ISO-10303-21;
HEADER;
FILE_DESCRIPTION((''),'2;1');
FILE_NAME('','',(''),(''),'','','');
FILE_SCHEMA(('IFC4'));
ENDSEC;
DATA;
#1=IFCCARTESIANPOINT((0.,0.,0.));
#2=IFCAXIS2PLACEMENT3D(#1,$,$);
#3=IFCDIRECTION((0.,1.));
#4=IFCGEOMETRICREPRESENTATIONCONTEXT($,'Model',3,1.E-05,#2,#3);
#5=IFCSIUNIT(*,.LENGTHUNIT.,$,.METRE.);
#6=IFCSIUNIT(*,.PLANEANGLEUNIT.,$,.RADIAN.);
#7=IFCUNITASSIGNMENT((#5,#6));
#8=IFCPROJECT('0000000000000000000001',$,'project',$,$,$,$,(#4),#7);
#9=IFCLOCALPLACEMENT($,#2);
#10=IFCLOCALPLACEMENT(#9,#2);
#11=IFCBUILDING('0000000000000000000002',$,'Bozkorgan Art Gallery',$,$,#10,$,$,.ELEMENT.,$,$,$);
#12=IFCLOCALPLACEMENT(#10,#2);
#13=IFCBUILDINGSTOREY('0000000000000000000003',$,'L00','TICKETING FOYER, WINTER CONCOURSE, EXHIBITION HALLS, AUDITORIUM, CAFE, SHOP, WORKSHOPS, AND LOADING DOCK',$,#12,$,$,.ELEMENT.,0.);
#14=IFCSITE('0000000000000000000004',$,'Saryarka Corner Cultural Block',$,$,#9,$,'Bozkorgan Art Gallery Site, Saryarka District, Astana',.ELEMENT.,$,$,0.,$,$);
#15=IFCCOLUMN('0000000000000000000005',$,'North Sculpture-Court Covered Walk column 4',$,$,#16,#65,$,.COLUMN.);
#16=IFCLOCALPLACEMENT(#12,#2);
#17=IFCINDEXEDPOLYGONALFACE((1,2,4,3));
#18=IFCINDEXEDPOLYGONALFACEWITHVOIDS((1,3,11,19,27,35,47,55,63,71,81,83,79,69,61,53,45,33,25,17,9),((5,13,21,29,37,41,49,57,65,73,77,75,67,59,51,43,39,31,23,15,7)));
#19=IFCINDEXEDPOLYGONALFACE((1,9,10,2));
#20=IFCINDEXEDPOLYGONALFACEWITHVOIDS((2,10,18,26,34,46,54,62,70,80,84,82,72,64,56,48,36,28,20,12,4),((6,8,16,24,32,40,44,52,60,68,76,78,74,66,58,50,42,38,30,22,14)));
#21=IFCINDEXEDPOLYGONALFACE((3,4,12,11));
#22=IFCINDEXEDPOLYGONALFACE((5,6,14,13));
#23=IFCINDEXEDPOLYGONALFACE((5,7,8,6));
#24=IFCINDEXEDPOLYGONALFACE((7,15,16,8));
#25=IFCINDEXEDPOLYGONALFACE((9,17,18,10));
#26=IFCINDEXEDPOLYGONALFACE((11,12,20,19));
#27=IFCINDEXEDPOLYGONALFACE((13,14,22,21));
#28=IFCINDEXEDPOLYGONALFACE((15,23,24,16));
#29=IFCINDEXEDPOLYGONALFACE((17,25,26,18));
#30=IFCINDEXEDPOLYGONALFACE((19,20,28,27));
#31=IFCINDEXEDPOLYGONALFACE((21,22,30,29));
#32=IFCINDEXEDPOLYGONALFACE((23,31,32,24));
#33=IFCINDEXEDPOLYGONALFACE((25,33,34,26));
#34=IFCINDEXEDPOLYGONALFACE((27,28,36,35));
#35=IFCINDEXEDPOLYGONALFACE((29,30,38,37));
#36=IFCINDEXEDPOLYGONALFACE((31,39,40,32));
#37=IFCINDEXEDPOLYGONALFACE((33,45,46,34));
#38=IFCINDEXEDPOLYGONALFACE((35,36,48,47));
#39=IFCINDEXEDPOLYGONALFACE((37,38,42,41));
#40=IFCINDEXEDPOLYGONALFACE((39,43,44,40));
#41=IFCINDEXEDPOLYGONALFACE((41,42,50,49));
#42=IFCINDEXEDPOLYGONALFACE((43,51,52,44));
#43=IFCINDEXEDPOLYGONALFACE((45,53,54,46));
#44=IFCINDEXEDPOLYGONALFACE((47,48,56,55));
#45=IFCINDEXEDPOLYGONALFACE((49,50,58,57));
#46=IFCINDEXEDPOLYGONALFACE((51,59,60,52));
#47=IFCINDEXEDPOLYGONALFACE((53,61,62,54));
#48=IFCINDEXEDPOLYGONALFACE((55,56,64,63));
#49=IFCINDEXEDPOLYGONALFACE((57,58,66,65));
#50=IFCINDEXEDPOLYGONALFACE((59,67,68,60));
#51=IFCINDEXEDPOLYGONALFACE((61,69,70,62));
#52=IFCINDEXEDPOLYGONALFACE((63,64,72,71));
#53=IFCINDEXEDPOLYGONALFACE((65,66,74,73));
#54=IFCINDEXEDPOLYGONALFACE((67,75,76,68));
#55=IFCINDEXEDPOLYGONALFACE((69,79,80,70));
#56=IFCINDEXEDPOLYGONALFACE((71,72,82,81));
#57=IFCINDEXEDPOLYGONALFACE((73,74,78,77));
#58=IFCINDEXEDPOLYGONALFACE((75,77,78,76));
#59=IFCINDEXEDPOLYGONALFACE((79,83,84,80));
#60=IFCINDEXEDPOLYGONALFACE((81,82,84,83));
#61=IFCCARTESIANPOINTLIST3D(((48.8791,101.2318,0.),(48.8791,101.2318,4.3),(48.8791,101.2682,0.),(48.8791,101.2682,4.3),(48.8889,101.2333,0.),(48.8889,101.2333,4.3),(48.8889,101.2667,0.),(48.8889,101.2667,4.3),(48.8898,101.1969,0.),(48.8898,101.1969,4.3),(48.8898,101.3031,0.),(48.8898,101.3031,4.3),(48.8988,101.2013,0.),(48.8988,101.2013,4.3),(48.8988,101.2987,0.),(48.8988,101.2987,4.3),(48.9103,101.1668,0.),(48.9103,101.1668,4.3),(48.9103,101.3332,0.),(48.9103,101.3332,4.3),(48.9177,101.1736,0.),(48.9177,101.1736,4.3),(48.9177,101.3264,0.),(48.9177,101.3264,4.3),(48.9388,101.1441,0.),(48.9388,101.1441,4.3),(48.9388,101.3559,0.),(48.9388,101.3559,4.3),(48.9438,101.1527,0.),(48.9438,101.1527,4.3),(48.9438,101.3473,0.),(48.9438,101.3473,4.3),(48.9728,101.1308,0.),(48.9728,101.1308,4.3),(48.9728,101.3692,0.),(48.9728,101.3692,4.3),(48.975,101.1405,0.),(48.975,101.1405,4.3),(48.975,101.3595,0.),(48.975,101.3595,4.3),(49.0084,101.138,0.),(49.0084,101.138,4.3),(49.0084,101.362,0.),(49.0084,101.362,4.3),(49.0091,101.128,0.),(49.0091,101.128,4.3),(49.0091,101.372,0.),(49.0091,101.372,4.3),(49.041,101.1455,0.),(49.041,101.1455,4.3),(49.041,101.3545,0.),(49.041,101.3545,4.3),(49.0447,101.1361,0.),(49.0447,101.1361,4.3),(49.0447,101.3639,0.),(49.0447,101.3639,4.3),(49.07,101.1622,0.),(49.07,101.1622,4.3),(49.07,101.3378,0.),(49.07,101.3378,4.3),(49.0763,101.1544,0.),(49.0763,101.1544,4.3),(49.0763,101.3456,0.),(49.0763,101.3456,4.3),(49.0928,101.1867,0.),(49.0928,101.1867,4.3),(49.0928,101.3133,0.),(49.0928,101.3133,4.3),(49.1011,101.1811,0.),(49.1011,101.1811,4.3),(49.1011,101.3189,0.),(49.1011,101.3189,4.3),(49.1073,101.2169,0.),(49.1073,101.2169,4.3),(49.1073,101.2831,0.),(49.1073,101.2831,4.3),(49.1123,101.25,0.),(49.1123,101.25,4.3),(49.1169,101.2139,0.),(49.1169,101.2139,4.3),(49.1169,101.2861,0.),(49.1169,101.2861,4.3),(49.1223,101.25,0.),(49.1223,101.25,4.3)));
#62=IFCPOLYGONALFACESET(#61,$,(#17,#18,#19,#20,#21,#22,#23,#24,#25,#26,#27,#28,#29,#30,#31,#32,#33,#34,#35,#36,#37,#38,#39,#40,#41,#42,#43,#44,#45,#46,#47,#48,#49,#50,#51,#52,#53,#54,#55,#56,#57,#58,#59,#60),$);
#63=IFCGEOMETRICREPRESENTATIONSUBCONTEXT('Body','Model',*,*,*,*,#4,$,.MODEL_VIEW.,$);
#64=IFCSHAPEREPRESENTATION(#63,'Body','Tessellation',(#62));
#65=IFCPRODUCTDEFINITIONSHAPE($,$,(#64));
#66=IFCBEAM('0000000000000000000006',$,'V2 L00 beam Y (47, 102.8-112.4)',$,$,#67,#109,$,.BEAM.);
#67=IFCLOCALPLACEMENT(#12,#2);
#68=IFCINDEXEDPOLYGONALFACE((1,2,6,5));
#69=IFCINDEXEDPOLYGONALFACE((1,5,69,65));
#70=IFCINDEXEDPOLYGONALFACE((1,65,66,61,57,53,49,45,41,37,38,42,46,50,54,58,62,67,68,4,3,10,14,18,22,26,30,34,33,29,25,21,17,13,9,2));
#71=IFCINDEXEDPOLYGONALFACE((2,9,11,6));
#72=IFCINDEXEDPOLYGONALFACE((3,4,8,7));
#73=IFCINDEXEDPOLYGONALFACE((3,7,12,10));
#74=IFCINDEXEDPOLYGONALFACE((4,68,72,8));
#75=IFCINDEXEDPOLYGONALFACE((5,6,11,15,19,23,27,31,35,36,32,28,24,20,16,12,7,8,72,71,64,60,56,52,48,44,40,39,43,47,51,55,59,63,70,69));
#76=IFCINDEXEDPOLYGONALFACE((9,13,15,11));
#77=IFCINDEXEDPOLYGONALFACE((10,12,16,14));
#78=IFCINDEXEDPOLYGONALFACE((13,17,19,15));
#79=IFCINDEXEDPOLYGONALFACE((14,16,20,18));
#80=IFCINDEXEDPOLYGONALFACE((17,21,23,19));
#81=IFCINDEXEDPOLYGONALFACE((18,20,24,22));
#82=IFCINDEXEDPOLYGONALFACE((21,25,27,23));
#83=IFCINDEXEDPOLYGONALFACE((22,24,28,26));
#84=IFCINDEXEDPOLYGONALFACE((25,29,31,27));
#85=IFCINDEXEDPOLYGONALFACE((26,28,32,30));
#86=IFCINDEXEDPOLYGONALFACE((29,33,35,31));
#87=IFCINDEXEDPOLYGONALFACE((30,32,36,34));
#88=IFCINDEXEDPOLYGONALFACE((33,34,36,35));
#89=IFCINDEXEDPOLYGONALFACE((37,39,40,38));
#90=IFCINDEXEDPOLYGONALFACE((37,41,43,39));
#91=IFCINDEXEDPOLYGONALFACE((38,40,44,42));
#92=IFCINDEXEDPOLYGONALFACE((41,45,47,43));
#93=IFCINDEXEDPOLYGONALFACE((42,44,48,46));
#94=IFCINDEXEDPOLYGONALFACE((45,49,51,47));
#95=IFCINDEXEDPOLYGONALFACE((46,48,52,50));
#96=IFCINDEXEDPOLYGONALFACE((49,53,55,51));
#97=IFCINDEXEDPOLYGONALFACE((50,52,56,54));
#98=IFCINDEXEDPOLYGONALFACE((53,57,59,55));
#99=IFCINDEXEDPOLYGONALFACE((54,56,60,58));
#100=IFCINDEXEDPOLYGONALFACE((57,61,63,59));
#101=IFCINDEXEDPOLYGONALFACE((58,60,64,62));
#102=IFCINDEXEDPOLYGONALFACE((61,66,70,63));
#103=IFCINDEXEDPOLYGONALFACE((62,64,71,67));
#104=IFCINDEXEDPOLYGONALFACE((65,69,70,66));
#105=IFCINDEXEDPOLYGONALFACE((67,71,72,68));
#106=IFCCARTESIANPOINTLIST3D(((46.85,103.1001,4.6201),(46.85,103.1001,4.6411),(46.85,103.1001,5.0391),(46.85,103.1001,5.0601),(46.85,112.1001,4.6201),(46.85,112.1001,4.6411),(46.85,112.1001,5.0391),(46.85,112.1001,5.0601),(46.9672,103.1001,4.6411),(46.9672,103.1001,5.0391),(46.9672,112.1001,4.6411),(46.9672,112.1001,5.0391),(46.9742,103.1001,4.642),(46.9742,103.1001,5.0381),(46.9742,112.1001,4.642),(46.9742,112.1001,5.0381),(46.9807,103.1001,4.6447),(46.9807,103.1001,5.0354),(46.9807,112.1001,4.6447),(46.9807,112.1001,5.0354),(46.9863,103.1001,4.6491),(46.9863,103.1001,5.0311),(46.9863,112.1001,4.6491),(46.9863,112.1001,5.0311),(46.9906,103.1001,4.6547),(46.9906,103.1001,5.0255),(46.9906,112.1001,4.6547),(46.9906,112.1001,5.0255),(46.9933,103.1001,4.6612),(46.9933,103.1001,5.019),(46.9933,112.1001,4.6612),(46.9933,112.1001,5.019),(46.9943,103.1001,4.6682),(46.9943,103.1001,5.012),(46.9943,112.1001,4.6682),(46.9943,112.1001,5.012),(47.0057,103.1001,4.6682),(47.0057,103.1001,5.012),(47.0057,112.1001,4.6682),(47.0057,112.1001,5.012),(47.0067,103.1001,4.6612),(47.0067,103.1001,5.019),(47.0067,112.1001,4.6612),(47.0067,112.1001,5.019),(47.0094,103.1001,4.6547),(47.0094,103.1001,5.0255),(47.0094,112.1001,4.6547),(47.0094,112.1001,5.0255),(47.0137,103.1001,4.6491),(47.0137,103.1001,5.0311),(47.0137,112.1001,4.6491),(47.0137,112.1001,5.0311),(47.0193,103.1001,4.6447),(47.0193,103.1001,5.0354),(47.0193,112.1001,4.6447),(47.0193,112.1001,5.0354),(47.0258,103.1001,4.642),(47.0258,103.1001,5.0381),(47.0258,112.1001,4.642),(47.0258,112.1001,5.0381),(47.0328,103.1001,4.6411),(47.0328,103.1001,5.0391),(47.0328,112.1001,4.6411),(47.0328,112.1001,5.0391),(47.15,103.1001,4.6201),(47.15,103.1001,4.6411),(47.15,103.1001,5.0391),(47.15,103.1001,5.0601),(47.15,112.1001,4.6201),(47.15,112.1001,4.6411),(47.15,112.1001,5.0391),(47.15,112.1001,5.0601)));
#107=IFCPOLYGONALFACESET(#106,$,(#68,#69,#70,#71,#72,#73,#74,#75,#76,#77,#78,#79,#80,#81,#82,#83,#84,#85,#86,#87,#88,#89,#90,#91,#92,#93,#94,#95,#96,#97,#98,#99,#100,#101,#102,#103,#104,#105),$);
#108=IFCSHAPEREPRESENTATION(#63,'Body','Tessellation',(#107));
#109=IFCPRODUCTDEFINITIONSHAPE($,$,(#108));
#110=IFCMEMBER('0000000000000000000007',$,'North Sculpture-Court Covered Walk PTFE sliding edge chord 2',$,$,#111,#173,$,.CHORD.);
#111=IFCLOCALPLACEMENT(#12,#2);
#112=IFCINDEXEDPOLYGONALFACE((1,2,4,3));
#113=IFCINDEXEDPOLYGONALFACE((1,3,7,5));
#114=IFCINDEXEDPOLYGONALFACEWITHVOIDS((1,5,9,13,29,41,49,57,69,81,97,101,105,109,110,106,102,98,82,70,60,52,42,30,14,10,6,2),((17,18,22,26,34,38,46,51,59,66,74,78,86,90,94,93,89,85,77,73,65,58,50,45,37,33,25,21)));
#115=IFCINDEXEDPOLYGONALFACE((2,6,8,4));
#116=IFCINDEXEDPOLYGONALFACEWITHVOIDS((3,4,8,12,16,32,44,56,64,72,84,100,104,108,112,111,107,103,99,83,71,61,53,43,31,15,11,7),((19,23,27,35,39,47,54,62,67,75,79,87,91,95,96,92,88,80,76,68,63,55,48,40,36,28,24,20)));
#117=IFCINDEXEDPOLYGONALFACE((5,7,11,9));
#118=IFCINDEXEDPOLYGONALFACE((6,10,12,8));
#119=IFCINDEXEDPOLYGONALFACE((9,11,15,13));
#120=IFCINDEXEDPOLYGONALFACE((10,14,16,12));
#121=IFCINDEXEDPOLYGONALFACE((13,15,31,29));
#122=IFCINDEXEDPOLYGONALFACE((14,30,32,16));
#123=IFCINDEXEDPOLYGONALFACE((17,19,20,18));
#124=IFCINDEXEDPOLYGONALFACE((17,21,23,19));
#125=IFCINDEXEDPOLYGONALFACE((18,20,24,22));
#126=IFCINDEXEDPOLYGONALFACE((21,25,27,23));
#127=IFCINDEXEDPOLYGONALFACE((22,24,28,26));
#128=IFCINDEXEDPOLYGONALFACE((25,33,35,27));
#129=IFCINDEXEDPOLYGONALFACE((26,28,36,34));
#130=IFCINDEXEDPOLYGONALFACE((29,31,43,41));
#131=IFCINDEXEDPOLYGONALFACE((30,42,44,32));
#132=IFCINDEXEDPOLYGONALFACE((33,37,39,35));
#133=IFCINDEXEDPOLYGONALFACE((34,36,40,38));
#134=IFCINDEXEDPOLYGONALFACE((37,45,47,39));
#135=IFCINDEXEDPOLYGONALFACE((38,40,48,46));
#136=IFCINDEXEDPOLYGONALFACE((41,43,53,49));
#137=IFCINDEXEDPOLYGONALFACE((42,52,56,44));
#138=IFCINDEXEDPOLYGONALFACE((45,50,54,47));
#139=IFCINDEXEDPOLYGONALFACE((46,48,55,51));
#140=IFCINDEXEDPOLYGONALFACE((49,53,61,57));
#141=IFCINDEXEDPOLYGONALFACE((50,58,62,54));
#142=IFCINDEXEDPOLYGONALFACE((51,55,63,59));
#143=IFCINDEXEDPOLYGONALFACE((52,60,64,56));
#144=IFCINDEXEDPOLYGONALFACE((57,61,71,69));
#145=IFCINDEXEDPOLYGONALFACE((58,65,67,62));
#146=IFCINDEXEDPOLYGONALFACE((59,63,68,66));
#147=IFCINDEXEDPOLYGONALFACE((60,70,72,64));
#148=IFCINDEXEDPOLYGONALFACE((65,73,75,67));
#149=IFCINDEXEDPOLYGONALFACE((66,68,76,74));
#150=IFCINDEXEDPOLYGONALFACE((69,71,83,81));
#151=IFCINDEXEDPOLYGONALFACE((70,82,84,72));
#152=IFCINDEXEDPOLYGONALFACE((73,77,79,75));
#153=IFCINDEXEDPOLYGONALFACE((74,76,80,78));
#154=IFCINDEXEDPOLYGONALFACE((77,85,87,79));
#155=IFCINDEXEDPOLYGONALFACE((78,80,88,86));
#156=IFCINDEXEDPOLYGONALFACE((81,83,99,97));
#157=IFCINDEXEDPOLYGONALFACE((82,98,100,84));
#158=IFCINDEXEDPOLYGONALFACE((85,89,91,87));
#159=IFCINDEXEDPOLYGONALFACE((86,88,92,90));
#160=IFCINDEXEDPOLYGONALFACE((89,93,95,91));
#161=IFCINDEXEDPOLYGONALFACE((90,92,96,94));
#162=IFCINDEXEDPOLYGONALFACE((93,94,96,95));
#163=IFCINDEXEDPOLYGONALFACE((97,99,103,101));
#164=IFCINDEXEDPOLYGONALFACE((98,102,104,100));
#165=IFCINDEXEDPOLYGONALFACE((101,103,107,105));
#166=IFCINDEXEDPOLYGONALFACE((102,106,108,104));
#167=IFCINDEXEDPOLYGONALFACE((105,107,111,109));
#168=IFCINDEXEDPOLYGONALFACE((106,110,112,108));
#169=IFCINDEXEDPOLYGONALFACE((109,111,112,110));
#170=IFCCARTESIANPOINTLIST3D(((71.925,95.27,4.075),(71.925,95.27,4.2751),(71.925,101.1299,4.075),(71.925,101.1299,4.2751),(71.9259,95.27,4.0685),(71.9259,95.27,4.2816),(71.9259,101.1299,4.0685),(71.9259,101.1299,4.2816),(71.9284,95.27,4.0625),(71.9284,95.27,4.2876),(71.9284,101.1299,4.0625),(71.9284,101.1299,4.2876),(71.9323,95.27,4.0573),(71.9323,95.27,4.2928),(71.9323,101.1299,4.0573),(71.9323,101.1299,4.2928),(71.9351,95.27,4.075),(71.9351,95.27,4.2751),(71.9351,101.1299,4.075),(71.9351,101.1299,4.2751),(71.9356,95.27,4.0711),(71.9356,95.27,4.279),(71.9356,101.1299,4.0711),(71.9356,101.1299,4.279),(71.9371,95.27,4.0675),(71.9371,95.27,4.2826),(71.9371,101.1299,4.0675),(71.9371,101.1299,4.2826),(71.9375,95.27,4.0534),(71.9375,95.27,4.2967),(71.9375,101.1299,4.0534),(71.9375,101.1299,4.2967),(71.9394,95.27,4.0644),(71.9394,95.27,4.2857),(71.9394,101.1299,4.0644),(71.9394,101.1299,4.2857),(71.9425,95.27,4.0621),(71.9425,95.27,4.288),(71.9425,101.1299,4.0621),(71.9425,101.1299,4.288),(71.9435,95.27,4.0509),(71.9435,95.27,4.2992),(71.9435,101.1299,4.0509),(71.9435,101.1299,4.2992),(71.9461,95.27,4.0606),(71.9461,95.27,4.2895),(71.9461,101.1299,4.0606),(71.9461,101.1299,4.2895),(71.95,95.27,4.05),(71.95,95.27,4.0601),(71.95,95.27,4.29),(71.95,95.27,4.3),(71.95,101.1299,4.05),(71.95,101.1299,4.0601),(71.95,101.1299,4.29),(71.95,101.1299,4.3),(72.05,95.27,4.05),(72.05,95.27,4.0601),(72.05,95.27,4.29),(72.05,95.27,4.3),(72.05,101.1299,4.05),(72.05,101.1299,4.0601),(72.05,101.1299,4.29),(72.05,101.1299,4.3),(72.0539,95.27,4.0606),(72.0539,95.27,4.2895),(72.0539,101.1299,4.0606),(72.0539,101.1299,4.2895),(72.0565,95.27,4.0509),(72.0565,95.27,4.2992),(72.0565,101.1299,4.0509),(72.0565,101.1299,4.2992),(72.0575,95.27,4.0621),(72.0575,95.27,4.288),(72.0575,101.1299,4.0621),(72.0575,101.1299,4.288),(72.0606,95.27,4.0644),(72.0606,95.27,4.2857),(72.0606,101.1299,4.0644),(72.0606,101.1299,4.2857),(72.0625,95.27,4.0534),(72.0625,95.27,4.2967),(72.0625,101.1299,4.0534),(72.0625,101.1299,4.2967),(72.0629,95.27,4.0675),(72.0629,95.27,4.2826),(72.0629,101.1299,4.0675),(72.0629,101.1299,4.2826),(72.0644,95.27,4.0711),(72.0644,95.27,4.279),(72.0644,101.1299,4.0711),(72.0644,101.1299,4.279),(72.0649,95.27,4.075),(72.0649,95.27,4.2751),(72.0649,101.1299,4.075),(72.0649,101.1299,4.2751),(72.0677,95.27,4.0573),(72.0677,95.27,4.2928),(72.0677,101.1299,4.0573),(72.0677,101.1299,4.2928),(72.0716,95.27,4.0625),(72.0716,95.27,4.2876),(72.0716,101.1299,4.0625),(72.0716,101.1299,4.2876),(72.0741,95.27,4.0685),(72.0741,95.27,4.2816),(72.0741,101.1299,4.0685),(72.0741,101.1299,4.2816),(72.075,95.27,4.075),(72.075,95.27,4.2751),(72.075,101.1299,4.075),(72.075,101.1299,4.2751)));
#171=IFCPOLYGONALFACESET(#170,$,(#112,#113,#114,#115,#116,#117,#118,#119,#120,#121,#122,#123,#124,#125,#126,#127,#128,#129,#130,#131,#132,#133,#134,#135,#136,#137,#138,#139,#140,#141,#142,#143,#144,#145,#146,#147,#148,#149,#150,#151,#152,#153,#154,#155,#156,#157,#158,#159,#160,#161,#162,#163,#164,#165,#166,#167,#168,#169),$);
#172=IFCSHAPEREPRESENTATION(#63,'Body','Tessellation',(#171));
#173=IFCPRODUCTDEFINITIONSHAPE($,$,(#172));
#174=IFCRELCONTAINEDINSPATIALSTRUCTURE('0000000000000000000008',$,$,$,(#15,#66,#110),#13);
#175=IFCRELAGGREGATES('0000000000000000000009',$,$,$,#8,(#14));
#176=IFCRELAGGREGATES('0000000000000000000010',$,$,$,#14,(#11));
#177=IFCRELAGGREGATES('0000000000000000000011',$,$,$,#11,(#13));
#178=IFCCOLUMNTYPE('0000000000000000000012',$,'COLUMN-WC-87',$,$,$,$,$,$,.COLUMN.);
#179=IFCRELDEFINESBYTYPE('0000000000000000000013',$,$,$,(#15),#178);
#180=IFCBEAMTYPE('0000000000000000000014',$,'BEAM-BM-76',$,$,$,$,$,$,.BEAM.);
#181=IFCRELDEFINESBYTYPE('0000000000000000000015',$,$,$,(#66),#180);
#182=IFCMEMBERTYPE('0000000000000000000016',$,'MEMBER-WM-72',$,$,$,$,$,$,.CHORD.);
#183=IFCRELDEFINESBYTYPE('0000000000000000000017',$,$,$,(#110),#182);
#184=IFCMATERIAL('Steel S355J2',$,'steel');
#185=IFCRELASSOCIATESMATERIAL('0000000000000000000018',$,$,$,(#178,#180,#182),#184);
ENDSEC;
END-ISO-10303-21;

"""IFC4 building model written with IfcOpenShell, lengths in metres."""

from ifc_helpers import new_model, si_unit, direction, frame, origin, origin_2d, place, context, subcontext, project, spatial, hollow_rectangle, hollow_circle, i_section, extrude, material, material_profile, profile_set, type_object, element, save


model = new_model("IFC4")

# Units and contexts
model_context = context("Model", 3, precision=1e-05, world=origin(), true_north=direction((0.0, 1.0)))
body_context = subcontext(model_context, "Body", "Model", "MODEL_VIEW")
ifc_project = project(units=[si_unit("LENGTHUNIT", "METRE"), si_unit("PLANEANGLEUNIT", "RADIAN")], contexts=[model_context])

# Site, building, storey
site_placement = place(None, origin())
site = spatial("IfcSite", under=ifc_project, at=site_placement, Name="Saryarka Corner Cultural Block", LongName="Bozkorgan Art Gallery Site, Saryarka District, Astana", CompositionType="ELEMENT", RefElevation=0.0)
building_placement = place(site_placement, origin())
building = spatial("IfcBuilding", under=site, at=building_placement, Name="Bozkorgan Art Gallery", CompositionType="ELEMENT")
storey_placement = place(building_placement, origin())
storey = spatial("IfcBuildingStorey", under=building, at=storey_placement, Name="L00", Description="TICKETING FOYER, WINTER CONCOURSE, EXHIBITION HALLS, AUDITORIUM, CAFE, SHOP, WORKSHOPS, AND LOADING DOCK", CompositionType="ELEMENT", Elevation=0.0)

# Column
ifc_material_1 = material(Name="Steel S355J2", Category="steel")
ifc_material_profile_1 = material_profile(ifc_material_1, hollow_circle(Radius=0.1223, WallThickness=0.01, at=origin_2d()), Name="CHS 244.5x10")
ifc_profile_set_1 = profile_set([ifc_material_profile_1], Name="Steel S355J2")
column_type_1 = type_object("IfcColumnType", Name="COLUMN-WC-87", PredefinedType="COLUMN", material=ifc_profile_set_1)
for number, where, z_axis, x_axis, name in (
    (1, (49.0, 101.25, 0.0), (0.0, 0.0, 1.0), (1.0, 0.0, 0.0), "North Sculpture-Court Covered Walk column 4"),
):
    element("IfcColumn", number, at=place(storey_placement, frame(where, z_axis=z_axis, x_axis=x_axis)), inside=storey, type_object=column_type_1, Name=name, PredefinedType="COLUMN", context=body_context, shape_type="SweptSolid", body=[
        extrude(hollow_circle(Radius=0.1223, WallThickness=0.01, at=origin_2d()), origin(), (0.0, 0.0, 1.0), 4.3),
    ])

# Beam
ifc_material_profile_2 = material_profile(ifc_material_1, i_section(OverallWidth=0.3, OverallDepth=0.4399, WebThickness=0.0115, FlangeThickness=0.021, FilletRadius=0.0271, at=origin_2d()), Name="HEA 450")
ifc_profile_set_2 = profile_set([ifc_material_profile_2], Name="Steel S355J2")
beam_type = type_object("IfcBeamType", Name="BEAM-BM-76", PredefinedType="BEAM", material=ifc_profile_set_2)
beam_placement = place(storey_placement, frame((47.0, 103.1001, 4.8401), z_axis=(0.0, 1.0, 0.0), x_axis=(-1.0, 0.0, 0.0)))
element("IfcBeam", 2, at=beam_placement, inside=storey, type_object=beam_type, Name="V2 L00 beam Y (47, 102.8-112.4)", PredefinedType="BEAM", context=body_context, shape_type="SweptSolid", body=[
    extrude(i_section(OverallWidth=0.3, OverallDepth=0.4399, WebThickness=0.0115, FlangeThickness=0.021, FilletRadius=0.0271, at=origin_2d()), origin(), (0.0, 0.0, 1.0), 9.0),
])

# Member
ifc_material_profile_3 = material_profile(ifc_material_1, hollow_rectangle(XDim=0.1499, YDim=0.25, WallThickness=0.01, InnerFilletRadius=0.0149, OuterFilletRadius=0.0249, at=origin_2d()), Name="RHS 250x150x10")
ifc_profile_set_3 = profile_set([ifc_material_profile_3], Name="Steel S355J2")
member_type = type_object("IfcMemberType", Name="MEMBER-WM-72", PredefinedType="CHORD", material=ifc_profile_set_3)
member_1_placement = place(storey_placement, frame((72.0, 95.27, 4.175), z_axis=(0.0, 1.0, 0.0), x_axis=(-1.0, 0.0, 0.0)))
element("IfcMember", 3, at=member_1_placement, inside=storey, type_object=member_type, Name="North Sculpture-Court Covered Walk PTFE sliding edge chord 2", PredefinedType="CHORD", context=body_context, shape_type="SweptSolid", body=[
    extrude(hollow_rectangle(XDim=0.1499, YDim=0.25, WallThickness=0.01, InnerFilletRadius=0.0149, OuterFilletRadius=0.0249, at=origin_2d()), origin(), (0.0, 0.0, 1.0), 5.8599),
])

save(model, "model.ifc")
